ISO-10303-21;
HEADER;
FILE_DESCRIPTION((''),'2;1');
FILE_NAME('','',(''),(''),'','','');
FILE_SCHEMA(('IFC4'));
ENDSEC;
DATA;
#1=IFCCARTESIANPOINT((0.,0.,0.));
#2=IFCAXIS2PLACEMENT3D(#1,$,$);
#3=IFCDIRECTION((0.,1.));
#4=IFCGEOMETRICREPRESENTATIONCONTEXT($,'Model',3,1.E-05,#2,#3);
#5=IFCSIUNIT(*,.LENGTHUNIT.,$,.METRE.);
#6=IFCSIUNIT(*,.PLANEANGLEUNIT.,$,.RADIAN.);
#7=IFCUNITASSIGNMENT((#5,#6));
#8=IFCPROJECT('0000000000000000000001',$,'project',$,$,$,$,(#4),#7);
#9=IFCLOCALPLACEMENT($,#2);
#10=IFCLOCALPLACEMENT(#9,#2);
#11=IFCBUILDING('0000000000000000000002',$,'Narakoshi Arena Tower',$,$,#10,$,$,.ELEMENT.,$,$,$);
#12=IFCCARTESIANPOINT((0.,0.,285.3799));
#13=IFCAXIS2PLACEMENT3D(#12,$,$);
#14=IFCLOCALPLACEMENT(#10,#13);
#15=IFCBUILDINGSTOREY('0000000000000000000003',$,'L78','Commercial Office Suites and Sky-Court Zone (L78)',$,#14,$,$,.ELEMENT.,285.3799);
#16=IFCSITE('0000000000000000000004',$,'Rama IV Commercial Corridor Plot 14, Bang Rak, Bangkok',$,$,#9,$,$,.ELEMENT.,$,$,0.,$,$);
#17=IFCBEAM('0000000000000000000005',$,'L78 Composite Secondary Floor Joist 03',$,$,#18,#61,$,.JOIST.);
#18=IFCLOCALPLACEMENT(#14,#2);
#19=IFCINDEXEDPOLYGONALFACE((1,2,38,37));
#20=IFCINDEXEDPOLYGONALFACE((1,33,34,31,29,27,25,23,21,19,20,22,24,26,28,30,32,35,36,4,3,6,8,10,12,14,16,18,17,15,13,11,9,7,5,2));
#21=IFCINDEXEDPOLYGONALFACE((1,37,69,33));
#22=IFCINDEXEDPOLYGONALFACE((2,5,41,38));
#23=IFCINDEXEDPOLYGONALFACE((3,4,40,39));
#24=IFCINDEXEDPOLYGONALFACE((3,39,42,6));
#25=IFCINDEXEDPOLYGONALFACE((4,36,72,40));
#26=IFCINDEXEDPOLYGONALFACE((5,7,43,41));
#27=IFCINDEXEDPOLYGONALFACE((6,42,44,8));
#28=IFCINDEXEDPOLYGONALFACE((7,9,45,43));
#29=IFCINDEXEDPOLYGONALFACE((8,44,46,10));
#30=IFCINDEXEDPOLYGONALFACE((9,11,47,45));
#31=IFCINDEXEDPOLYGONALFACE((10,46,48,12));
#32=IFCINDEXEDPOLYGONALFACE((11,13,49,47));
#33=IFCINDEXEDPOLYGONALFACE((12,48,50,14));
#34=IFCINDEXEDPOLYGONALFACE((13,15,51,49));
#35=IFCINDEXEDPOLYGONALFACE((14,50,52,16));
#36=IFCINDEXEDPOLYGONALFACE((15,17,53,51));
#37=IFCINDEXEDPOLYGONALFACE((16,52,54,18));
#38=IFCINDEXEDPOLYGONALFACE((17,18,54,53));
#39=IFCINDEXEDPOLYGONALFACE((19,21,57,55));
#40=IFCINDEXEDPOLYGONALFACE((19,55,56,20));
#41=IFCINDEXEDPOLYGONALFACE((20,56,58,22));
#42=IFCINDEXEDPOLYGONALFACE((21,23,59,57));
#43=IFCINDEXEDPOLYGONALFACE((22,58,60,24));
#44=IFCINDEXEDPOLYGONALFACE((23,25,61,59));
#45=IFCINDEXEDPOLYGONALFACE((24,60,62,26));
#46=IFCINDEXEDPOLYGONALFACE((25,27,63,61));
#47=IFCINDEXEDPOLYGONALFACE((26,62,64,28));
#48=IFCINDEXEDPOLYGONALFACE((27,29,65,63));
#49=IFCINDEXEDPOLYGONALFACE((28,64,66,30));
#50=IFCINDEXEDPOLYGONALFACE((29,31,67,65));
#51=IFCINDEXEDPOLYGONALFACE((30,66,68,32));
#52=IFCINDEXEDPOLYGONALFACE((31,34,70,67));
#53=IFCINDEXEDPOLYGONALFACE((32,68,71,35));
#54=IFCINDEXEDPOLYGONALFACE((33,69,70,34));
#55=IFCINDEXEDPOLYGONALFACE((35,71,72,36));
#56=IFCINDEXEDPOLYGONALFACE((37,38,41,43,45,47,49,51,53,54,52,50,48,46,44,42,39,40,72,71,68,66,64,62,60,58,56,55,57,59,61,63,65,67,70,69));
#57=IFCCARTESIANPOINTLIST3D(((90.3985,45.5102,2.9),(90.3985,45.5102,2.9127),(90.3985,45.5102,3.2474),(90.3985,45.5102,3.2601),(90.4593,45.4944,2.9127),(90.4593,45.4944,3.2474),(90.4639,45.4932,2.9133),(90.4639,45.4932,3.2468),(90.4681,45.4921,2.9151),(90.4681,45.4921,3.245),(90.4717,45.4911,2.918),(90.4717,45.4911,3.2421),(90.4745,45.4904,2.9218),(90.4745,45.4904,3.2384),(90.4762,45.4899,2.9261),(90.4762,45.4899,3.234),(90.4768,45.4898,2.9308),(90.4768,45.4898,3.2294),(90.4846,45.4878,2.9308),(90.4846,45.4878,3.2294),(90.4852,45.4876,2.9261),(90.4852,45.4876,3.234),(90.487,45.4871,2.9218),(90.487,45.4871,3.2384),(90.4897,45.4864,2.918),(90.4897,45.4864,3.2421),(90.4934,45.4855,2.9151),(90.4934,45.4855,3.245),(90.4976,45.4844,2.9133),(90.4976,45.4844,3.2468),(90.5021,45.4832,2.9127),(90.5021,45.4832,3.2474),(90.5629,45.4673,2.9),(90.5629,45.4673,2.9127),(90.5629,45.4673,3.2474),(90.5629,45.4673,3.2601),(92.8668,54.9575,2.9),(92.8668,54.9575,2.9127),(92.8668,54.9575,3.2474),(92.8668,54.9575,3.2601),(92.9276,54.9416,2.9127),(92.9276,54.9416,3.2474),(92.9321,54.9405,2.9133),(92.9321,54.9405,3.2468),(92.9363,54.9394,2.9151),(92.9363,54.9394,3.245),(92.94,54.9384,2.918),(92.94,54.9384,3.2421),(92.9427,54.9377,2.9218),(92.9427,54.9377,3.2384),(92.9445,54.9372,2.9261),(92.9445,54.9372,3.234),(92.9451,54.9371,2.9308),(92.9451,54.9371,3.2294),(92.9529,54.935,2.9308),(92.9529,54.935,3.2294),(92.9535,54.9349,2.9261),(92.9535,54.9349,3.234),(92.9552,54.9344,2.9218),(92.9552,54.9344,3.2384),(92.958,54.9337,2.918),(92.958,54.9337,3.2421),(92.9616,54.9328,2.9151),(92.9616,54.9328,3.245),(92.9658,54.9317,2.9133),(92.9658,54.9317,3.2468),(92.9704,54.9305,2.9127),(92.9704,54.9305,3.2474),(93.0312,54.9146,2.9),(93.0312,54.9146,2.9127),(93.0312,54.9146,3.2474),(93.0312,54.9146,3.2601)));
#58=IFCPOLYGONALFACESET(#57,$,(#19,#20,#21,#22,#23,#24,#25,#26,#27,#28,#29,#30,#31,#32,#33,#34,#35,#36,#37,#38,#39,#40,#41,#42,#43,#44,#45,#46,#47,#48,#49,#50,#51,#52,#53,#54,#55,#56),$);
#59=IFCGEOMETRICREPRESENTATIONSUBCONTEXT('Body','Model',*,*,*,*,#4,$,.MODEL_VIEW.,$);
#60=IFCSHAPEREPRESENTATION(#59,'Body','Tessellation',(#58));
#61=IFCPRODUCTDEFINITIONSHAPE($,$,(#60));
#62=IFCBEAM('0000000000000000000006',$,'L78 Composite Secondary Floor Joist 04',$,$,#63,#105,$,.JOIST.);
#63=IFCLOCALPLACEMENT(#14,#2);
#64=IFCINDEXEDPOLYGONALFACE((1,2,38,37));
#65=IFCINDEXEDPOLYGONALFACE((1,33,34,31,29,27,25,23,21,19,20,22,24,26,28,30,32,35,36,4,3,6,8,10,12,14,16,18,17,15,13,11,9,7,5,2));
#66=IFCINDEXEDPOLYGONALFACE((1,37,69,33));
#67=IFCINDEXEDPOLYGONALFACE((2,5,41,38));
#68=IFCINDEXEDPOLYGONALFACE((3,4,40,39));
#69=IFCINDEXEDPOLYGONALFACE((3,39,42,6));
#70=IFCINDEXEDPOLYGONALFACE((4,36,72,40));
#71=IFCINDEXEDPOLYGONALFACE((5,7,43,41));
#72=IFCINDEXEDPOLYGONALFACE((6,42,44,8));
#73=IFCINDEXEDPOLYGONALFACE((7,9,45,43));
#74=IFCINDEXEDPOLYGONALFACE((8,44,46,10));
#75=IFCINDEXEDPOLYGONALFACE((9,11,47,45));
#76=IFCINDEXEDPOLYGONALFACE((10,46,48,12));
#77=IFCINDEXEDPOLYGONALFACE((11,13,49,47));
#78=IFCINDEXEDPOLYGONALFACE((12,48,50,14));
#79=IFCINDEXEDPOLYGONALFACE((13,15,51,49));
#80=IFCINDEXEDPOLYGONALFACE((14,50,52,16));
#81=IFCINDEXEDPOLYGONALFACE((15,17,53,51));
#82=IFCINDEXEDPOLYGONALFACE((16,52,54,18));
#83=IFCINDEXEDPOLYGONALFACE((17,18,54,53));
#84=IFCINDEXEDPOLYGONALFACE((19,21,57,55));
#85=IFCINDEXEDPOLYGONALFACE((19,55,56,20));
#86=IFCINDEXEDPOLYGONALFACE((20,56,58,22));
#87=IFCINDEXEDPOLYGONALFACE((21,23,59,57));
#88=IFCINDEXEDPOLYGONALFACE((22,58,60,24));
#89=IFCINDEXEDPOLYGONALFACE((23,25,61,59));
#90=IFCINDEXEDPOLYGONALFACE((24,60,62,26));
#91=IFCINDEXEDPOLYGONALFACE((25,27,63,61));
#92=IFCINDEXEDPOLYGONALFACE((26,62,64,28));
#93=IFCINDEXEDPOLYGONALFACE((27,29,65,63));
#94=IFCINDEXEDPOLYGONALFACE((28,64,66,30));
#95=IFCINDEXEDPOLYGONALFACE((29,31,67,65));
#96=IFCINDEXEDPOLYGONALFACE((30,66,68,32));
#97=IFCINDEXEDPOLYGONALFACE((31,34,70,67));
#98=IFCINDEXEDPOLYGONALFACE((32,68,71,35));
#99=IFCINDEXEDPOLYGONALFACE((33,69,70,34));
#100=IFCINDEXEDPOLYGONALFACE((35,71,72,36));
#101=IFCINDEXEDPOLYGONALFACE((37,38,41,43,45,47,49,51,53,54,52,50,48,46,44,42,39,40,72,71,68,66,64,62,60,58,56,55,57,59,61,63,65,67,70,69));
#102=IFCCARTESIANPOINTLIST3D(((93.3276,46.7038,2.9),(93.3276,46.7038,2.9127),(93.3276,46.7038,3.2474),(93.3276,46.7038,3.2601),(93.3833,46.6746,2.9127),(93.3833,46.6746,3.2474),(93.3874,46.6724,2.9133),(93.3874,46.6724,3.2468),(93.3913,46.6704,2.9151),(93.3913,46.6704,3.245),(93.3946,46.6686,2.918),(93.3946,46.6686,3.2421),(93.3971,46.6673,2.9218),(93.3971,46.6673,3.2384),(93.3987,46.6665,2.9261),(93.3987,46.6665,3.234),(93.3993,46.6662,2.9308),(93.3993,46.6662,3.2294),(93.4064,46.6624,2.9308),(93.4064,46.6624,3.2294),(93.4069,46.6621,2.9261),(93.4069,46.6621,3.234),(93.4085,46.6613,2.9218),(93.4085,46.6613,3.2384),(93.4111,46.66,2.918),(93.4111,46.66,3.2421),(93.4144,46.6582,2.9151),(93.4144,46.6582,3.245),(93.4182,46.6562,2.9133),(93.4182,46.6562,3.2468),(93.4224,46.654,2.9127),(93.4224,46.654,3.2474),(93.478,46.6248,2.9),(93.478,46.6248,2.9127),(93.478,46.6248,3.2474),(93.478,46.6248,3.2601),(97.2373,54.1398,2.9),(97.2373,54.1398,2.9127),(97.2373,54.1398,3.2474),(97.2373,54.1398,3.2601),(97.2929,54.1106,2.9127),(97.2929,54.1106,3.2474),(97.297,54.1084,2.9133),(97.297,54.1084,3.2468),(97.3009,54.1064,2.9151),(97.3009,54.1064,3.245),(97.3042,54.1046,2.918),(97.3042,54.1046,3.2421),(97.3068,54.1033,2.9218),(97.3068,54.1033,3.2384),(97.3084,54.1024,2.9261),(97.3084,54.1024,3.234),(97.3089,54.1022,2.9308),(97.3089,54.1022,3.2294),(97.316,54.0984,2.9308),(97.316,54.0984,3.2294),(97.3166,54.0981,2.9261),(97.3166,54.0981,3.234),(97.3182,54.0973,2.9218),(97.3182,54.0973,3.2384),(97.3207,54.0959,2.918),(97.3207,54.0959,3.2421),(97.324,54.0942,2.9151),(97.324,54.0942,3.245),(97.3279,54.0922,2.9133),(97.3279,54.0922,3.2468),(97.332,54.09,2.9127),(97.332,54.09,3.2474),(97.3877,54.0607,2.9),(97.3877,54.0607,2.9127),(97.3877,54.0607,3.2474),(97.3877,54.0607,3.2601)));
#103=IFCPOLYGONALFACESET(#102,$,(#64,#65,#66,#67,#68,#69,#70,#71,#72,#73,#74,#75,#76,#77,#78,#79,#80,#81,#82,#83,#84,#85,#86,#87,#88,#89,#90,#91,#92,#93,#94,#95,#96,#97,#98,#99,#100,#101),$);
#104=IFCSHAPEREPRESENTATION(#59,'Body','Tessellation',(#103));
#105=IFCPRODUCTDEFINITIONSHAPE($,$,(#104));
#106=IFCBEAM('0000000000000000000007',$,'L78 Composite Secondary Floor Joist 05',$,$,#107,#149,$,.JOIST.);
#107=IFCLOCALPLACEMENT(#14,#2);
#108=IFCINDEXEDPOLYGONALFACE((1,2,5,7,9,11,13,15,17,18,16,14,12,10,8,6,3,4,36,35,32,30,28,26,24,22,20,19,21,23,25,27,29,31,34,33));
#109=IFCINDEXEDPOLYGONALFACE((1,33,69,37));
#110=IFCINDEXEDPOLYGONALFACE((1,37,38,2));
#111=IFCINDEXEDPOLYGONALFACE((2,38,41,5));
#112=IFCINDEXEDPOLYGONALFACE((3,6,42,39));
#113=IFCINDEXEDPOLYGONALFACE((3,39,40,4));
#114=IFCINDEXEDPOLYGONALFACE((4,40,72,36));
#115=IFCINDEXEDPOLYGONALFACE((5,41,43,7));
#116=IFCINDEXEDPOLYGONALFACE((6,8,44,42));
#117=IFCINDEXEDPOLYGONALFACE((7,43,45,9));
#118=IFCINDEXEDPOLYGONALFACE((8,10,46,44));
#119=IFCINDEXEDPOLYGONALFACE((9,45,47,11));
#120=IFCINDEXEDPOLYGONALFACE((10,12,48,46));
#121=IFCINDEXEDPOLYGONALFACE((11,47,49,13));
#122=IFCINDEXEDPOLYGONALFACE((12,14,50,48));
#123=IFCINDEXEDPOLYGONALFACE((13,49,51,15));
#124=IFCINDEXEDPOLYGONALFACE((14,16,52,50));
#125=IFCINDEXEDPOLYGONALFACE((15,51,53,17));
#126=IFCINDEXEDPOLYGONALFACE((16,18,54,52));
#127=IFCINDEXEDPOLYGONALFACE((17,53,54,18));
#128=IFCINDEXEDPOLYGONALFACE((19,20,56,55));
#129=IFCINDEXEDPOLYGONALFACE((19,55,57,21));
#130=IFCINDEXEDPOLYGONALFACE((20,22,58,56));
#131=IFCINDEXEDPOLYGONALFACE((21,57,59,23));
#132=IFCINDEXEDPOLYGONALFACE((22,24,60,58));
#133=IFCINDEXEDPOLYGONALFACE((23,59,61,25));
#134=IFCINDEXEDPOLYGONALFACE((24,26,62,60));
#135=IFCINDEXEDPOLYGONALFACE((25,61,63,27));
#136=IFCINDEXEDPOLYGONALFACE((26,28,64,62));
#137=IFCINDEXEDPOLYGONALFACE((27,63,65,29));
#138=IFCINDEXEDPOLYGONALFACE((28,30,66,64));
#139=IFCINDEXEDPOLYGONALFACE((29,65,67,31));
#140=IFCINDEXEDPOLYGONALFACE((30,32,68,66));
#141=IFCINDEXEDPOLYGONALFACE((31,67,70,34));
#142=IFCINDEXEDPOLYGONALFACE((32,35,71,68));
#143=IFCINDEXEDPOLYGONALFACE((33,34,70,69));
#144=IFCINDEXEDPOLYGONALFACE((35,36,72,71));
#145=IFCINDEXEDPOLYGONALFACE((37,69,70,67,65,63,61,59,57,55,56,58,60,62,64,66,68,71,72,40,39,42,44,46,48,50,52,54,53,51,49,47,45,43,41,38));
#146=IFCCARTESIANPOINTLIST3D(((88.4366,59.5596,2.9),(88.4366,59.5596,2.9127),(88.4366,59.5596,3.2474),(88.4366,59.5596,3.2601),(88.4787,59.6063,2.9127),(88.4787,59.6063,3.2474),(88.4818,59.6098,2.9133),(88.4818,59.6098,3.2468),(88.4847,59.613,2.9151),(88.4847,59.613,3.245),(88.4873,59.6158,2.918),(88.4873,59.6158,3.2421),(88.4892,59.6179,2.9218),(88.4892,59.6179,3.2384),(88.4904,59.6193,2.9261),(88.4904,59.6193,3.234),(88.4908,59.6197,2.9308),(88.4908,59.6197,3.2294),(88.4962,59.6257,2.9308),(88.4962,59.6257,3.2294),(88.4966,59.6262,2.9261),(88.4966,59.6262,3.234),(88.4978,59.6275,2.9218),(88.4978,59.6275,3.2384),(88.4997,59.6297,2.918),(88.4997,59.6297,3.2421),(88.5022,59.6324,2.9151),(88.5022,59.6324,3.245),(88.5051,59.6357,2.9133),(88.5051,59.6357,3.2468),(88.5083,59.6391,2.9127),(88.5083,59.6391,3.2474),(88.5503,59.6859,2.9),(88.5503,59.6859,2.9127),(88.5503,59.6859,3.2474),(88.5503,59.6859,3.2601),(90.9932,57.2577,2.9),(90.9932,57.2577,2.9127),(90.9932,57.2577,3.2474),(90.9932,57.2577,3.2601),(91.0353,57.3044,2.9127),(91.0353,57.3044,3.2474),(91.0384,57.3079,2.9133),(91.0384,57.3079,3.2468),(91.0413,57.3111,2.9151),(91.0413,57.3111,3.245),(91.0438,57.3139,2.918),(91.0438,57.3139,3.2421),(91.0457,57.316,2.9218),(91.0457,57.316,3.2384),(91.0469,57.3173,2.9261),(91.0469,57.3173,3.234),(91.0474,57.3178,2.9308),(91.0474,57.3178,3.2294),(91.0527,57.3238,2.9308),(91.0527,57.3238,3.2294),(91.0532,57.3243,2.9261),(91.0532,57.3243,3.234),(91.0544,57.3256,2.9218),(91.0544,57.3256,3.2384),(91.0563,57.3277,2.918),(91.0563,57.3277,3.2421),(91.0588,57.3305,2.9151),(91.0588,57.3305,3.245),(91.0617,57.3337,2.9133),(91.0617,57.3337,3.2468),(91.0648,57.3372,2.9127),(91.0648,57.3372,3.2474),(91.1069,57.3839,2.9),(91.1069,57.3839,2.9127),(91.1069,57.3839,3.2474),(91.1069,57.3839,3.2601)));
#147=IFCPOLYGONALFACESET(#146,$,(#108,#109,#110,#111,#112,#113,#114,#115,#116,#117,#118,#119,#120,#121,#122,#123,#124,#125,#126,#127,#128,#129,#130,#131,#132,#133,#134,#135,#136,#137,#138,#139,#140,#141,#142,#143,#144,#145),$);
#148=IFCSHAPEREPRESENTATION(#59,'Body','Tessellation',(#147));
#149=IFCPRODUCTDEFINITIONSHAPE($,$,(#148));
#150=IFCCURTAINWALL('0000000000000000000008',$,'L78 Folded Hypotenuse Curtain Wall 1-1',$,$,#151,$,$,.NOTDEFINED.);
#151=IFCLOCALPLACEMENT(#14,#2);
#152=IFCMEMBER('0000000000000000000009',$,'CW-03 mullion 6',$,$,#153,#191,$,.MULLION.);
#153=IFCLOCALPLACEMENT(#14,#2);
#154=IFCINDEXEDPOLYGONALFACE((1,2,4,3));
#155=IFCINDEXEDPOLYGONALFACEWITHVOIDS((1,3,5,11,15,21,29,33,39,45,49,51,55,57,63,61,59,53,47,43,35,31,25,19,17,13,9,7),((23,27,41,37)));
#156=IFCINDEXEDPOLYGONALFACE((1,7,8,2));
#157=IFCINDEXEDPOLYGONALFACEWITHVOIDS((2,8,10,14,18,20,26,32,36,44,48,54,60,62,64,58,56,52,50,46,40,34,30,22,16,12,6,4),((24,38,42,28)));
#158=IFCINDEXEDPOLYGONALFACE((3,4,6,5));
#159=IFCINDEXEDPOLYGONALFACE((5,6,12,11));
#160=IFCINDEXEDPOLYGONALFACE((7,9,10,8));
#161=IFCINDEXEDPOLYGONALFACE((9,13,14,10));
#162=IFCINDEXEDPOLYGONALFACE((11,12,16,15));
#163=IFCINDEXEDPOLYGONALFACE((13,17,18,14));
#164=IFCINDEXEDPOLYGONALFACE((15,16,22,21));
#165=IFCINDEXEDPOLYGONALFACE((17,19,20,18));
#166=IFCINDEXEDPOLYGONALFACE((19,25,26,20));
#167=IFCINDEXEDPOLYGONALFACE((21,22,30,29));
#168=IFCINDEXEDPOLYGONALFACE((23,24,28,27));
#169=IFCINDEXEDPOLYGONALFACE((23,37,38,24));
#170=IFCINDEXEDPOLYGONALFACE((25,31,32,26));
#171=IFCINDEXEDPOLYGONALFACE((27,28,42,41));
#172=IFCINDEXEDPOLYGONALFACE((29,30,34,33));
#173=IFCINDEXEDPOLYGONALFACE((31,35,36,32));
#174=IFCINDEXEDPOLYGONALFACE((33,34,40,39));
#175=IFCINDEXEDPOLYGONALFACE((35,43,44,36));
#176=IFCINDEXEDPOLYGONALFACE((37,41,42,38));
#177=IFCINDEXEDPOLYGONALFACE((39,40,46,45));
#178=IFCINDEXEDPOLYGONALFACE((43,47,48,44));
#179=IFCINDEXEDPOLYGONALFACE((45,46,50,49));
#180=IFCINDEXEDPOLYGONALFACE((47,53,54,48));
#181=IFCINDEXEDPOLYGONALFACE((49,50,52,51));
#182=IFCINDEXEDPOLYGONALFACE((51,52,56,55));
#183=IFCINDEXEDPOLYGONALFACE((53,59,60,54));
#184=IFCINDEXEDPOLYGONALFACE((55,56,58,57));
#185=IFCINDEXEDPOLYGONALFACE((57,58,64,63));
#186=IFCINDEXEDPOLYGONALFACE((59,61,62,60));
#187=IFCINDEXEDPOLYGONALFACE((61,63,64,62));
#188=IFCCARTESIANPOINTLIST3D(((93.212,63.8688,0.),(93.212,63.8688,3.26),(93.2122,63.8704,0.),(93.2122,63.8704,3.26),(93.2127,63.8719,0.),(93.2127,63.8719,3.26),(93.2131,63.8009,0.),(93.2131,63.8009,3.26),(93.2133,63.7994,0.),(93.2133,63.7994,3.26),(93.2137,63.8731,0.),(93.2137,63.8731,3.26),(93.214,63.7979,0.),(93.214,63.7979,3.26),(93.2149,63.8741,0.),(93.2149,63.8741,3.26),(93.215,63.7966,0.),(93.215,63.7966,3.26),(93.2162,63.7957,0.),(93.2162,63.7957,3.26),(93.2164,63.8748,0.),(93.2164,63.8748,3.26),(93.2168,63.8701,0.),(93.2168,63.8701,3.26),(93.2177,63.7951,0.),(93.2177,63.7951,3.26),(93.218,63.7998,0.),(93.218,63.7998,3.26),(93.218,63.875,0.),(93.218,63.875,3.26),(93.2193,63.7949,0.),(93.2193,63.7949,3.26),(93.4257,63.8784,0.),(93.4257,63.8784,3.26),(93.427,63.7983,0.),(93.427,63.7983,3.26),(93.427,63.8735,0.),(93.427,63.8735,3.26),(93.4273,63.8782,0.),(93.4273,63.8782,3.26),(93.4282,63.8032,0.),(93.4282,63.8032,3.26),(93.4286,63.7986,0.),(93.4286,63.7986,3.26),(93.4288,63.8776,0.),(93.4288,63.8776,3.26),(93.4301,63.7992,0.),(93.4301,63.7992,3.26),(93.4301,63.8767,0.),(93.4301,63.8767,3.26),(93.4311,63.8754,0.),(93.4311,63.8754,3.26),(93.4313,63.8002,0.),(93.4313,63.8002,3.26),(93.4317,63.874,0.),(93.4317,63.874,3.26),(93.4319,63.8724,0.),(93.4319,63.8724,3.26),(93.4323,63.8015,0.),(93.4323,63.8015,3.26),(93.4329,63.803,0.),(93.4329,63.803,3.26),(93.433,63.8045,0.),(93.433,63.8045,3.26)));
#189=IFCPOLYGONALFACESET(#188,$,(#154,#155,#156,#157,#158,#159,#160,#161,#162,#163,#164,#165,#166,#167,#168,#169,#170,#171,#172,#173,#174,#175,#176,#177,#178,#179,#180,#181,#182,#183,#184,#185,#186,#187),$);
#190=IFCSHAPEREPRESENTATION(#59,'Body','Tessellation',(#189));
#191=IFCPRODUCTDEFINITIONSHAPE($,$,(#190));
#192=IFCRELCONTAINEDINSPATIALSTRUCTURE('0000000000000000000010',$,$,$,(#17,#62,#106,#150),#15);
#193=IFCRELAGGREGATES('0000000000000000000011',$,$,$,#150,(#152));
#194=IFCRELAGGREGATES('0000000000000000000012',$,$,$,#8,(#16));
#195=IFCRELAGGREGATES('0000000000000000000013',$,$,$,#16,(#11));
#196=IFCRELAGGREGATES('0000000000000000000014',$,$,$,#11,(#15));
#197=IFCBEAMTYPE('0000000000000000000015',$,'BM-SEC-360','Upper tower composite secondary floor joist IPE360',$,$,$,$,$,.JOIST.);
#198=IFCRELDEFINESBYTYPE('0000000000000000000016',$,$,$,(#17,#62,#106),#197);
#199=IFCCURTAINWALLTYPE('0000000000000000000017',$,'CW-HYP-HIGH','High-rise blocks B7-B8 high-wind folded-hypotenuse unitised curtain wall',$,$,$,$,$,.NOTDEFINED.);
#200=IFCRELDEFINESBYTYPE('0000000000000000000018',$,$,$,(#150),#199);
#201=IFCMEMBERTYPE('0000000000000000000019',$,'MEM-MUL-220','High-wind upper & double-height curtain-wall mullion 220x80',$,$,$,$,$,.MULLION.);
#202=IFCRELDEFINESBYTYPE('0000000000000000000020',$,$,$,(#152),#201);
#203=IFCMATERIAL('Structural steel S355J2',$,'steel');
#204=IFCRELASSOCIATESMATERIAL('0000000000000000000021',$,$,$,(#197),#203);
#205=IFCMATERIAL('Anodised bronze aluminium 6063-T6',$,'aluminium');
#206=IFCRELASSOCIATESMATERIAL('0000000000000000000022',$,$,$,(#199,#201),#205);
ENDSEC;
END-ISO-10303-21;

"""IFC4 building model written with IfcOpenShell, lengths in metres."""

from ifc_helpers import new_model, si_unit, direction, frame, origin, origin_2d, place, context, subcontext, project, spatial, hollow_rectangle, i_section, extrude, material, material_profile, profile_set, type_object, element, aggregate, save


model = new_model("IFC4")

# Units and contexts
model_context = context("Model", 3, precision=1e-05, world=origin(), true_north=direction((0.0, 1.0)))
body_context = subcontext(model_context, "Body", "Model", "MODEL_VIEW")
ifc_project = project(units=[si_unit("LENGTHUNIT", "METRE"), si_unit("PLANEANGLEUNIT", "RADIAN")], contexts=[model_context])

# Site, building, storey
site_placement = place(None, origin())
site = spatial("IfcSite", under=ifc_project, at=site_placement, Name="Rama IV Commercial Corridor Plot 14, Bang Rak, Bangkok", CompositionType="ELEMENT", RefElevation=0.0)
building_placement = place(site_placement, origin())
building = spatial("IfcBuilding", under=site, at=building_placement, Name="Narakoshi Arena Tower", CompositionType="ELEMENT")
storey_placement = place(building_placement, frame((0.0, 0.0, 285.3799)))
storey = spatial("IfcBuildingStorey", under=building, at=storey_placement, Name="L78", Description="Commercial Office Suites and Sky-Court Zone (L78)", CompositionType="ELEMENT", Elevation=285.3799)

# Beams
ifc_material_1 = material(Name="Structural steel S355J2", Category="steel")
ifc_material_profile_1 = material_profile(ifc_material_1, i_section(OverallWidth=0.1699, OverallDepth=0.3601, WebThickness=0.0081, FlangeThickness=0.0127, FilletRadius=0.0181, at=origin_2d()), Name="IPE360")
ifc_profile_set_1 = profile_set([ifc_material_profile_1], Name="Structural steel S355J2")
beam_type_1 = type_object("IfcBeamType", Name="BM-SEC-360", Description="Upper tower composite secondary floor joist IPE360", PredefinedType="JOIST", material=ifc_profile_set_1)
beam_1_placement = place(storey_placement, frame((90.4807, 45.4888, 3.0801), z_axis=(0.252782, 0.967523, 0.0), x_axis=(-0.967523, 0.252782, 0.0)))
element("IfcBeam", 1, at=beam_1_placement, inside=storey, type_object=beam_type_1, Name="L78 Composite Secondary Floor Joist 03", PredefinedType="JOIST", context=body_context, shape_type="SweptSolid", body=[
    extrude(i_section(OverallWidth=0.1699, OverallDepth=0.3601, WebThickness=0.0081, FlangeThickness=0.0127, FilletRadius=0.0181, at=origin_2d()), origin(), (0.0, 0.0, 1.0), 9.7644),
])
beam_2_placement = place(storey_placement, frame((93.4028, 46.6643, 3.0801), z_axis=(0.46537, 0.885116, 0.0), x_axis=(-0.885116, 0.46537, 0.0)))
element("IfcBeam", 2, at=beam_2_placement, inside=storey, type_object=beam_type_1, Name="L78 Composite Secondary Floor Joist 04", PredefinedType="JOIST", context=body_context, shape_type="SweptSolid", body=[
    extrude(i_section(OverallWidth=0.1699, OverallDepth=0.3601, WebThickness=0.0081, FlangeThickness=0.0127, FilletRadius=0.0181, at=origin_2d()), origin(), (0.0, 0.0, 1.0), 8.4011),
])
beam_3_placement = place(storey_placement, frame((91.05, 57.3208, 3.0801), z_axis=(-0.743146, 0.669129, 0.0), x_axis=(-0.669129, -0.743146, 0.0)))
element("IfcBeam", 3, at=beam_3_placement, inside=storey, type_object=beam_type_1, Name="L78 Composite Secondary Floor Joist 05", PredefinedType="JOIST", context=body_context, shape_type="SweptSolid", body=[
    extrude(i_section(OverallWidth=0.1699, OverallDepth=0.3601, WebThickness=0.0081, FlangeThickness=0.0127, FilletRadius=0.0181, at=origin_2d()), origin(), (0.0, 0.0, 1.0), 3.4402),
])

# Curtain wall, member
ifc_material_2 = material(Name="Anodised bronze aluminium 6063-T6", Category="aluminium")
curtain_wall_type = type_object("IfcCurtainWallType", Name="CW-HYP-HIGH", Description="High-rise blocks B7-B8 high-wind folded-hypotenuse unitised curtain wall", PredefinedType="NOTDEFINED", material=ifc_material_2)
curtain_wall_placement = place(storey_placement, origin())
curtain_wall = element("IfcCurtainWall", 4, at=curtain_wall_placement, inside=storey, type_object=curtain_wall_type, Name="L78 Folded Hypotenuse Curtain Wall 1-1", PredefinedType="NOTDEFINED")
ifc_material_profile_2 = material_profile(ifc_material_2, hollow_rectangle(XDim=0.0801, YDim=0.22, WallThickness=0.0049, OuterFilletRadius=0.0061, at=origin_2d()), Name="MUL220x80x5")
ifc_profile_set_2 = profile_set([ifc_material_profile_2], Name="Anodised bronze aluminium 6063-T6")
member_type_1 = type_object("IfcMemberType", Name="MEM-MUL-220", Description="High-wind upper & double-height curtain-wall mullion 220x80", PredefinedType="MULLION", material=ifc_profile_set_2)
member_1_placement = place(storey_placement, frame((93.3225, 63.8367, 0.0), z_axis=(0.0, 0.0, 1.0), x_axis=(0.016443, -0.999865, 0.0)))
member_1 = element("IfcMember", 5, at=member_1_placement, type_object=member_type_1, Name="CW-03 mullion 6", PredefinedType="MULLION", context=body_context, shape_type="SweptSolid", body=[
    extrude(hollow_rectangle(XDim=0.0801, YDim=0.22, WallThickness=0.0049, OuterFilletRadius=0.0061, at=origin_2d()), origin(), (0.0, 0.0, 1.0), 3.26),
])
aggregate(curtain_wall, [member_1])

save(model, "model.ifc")
